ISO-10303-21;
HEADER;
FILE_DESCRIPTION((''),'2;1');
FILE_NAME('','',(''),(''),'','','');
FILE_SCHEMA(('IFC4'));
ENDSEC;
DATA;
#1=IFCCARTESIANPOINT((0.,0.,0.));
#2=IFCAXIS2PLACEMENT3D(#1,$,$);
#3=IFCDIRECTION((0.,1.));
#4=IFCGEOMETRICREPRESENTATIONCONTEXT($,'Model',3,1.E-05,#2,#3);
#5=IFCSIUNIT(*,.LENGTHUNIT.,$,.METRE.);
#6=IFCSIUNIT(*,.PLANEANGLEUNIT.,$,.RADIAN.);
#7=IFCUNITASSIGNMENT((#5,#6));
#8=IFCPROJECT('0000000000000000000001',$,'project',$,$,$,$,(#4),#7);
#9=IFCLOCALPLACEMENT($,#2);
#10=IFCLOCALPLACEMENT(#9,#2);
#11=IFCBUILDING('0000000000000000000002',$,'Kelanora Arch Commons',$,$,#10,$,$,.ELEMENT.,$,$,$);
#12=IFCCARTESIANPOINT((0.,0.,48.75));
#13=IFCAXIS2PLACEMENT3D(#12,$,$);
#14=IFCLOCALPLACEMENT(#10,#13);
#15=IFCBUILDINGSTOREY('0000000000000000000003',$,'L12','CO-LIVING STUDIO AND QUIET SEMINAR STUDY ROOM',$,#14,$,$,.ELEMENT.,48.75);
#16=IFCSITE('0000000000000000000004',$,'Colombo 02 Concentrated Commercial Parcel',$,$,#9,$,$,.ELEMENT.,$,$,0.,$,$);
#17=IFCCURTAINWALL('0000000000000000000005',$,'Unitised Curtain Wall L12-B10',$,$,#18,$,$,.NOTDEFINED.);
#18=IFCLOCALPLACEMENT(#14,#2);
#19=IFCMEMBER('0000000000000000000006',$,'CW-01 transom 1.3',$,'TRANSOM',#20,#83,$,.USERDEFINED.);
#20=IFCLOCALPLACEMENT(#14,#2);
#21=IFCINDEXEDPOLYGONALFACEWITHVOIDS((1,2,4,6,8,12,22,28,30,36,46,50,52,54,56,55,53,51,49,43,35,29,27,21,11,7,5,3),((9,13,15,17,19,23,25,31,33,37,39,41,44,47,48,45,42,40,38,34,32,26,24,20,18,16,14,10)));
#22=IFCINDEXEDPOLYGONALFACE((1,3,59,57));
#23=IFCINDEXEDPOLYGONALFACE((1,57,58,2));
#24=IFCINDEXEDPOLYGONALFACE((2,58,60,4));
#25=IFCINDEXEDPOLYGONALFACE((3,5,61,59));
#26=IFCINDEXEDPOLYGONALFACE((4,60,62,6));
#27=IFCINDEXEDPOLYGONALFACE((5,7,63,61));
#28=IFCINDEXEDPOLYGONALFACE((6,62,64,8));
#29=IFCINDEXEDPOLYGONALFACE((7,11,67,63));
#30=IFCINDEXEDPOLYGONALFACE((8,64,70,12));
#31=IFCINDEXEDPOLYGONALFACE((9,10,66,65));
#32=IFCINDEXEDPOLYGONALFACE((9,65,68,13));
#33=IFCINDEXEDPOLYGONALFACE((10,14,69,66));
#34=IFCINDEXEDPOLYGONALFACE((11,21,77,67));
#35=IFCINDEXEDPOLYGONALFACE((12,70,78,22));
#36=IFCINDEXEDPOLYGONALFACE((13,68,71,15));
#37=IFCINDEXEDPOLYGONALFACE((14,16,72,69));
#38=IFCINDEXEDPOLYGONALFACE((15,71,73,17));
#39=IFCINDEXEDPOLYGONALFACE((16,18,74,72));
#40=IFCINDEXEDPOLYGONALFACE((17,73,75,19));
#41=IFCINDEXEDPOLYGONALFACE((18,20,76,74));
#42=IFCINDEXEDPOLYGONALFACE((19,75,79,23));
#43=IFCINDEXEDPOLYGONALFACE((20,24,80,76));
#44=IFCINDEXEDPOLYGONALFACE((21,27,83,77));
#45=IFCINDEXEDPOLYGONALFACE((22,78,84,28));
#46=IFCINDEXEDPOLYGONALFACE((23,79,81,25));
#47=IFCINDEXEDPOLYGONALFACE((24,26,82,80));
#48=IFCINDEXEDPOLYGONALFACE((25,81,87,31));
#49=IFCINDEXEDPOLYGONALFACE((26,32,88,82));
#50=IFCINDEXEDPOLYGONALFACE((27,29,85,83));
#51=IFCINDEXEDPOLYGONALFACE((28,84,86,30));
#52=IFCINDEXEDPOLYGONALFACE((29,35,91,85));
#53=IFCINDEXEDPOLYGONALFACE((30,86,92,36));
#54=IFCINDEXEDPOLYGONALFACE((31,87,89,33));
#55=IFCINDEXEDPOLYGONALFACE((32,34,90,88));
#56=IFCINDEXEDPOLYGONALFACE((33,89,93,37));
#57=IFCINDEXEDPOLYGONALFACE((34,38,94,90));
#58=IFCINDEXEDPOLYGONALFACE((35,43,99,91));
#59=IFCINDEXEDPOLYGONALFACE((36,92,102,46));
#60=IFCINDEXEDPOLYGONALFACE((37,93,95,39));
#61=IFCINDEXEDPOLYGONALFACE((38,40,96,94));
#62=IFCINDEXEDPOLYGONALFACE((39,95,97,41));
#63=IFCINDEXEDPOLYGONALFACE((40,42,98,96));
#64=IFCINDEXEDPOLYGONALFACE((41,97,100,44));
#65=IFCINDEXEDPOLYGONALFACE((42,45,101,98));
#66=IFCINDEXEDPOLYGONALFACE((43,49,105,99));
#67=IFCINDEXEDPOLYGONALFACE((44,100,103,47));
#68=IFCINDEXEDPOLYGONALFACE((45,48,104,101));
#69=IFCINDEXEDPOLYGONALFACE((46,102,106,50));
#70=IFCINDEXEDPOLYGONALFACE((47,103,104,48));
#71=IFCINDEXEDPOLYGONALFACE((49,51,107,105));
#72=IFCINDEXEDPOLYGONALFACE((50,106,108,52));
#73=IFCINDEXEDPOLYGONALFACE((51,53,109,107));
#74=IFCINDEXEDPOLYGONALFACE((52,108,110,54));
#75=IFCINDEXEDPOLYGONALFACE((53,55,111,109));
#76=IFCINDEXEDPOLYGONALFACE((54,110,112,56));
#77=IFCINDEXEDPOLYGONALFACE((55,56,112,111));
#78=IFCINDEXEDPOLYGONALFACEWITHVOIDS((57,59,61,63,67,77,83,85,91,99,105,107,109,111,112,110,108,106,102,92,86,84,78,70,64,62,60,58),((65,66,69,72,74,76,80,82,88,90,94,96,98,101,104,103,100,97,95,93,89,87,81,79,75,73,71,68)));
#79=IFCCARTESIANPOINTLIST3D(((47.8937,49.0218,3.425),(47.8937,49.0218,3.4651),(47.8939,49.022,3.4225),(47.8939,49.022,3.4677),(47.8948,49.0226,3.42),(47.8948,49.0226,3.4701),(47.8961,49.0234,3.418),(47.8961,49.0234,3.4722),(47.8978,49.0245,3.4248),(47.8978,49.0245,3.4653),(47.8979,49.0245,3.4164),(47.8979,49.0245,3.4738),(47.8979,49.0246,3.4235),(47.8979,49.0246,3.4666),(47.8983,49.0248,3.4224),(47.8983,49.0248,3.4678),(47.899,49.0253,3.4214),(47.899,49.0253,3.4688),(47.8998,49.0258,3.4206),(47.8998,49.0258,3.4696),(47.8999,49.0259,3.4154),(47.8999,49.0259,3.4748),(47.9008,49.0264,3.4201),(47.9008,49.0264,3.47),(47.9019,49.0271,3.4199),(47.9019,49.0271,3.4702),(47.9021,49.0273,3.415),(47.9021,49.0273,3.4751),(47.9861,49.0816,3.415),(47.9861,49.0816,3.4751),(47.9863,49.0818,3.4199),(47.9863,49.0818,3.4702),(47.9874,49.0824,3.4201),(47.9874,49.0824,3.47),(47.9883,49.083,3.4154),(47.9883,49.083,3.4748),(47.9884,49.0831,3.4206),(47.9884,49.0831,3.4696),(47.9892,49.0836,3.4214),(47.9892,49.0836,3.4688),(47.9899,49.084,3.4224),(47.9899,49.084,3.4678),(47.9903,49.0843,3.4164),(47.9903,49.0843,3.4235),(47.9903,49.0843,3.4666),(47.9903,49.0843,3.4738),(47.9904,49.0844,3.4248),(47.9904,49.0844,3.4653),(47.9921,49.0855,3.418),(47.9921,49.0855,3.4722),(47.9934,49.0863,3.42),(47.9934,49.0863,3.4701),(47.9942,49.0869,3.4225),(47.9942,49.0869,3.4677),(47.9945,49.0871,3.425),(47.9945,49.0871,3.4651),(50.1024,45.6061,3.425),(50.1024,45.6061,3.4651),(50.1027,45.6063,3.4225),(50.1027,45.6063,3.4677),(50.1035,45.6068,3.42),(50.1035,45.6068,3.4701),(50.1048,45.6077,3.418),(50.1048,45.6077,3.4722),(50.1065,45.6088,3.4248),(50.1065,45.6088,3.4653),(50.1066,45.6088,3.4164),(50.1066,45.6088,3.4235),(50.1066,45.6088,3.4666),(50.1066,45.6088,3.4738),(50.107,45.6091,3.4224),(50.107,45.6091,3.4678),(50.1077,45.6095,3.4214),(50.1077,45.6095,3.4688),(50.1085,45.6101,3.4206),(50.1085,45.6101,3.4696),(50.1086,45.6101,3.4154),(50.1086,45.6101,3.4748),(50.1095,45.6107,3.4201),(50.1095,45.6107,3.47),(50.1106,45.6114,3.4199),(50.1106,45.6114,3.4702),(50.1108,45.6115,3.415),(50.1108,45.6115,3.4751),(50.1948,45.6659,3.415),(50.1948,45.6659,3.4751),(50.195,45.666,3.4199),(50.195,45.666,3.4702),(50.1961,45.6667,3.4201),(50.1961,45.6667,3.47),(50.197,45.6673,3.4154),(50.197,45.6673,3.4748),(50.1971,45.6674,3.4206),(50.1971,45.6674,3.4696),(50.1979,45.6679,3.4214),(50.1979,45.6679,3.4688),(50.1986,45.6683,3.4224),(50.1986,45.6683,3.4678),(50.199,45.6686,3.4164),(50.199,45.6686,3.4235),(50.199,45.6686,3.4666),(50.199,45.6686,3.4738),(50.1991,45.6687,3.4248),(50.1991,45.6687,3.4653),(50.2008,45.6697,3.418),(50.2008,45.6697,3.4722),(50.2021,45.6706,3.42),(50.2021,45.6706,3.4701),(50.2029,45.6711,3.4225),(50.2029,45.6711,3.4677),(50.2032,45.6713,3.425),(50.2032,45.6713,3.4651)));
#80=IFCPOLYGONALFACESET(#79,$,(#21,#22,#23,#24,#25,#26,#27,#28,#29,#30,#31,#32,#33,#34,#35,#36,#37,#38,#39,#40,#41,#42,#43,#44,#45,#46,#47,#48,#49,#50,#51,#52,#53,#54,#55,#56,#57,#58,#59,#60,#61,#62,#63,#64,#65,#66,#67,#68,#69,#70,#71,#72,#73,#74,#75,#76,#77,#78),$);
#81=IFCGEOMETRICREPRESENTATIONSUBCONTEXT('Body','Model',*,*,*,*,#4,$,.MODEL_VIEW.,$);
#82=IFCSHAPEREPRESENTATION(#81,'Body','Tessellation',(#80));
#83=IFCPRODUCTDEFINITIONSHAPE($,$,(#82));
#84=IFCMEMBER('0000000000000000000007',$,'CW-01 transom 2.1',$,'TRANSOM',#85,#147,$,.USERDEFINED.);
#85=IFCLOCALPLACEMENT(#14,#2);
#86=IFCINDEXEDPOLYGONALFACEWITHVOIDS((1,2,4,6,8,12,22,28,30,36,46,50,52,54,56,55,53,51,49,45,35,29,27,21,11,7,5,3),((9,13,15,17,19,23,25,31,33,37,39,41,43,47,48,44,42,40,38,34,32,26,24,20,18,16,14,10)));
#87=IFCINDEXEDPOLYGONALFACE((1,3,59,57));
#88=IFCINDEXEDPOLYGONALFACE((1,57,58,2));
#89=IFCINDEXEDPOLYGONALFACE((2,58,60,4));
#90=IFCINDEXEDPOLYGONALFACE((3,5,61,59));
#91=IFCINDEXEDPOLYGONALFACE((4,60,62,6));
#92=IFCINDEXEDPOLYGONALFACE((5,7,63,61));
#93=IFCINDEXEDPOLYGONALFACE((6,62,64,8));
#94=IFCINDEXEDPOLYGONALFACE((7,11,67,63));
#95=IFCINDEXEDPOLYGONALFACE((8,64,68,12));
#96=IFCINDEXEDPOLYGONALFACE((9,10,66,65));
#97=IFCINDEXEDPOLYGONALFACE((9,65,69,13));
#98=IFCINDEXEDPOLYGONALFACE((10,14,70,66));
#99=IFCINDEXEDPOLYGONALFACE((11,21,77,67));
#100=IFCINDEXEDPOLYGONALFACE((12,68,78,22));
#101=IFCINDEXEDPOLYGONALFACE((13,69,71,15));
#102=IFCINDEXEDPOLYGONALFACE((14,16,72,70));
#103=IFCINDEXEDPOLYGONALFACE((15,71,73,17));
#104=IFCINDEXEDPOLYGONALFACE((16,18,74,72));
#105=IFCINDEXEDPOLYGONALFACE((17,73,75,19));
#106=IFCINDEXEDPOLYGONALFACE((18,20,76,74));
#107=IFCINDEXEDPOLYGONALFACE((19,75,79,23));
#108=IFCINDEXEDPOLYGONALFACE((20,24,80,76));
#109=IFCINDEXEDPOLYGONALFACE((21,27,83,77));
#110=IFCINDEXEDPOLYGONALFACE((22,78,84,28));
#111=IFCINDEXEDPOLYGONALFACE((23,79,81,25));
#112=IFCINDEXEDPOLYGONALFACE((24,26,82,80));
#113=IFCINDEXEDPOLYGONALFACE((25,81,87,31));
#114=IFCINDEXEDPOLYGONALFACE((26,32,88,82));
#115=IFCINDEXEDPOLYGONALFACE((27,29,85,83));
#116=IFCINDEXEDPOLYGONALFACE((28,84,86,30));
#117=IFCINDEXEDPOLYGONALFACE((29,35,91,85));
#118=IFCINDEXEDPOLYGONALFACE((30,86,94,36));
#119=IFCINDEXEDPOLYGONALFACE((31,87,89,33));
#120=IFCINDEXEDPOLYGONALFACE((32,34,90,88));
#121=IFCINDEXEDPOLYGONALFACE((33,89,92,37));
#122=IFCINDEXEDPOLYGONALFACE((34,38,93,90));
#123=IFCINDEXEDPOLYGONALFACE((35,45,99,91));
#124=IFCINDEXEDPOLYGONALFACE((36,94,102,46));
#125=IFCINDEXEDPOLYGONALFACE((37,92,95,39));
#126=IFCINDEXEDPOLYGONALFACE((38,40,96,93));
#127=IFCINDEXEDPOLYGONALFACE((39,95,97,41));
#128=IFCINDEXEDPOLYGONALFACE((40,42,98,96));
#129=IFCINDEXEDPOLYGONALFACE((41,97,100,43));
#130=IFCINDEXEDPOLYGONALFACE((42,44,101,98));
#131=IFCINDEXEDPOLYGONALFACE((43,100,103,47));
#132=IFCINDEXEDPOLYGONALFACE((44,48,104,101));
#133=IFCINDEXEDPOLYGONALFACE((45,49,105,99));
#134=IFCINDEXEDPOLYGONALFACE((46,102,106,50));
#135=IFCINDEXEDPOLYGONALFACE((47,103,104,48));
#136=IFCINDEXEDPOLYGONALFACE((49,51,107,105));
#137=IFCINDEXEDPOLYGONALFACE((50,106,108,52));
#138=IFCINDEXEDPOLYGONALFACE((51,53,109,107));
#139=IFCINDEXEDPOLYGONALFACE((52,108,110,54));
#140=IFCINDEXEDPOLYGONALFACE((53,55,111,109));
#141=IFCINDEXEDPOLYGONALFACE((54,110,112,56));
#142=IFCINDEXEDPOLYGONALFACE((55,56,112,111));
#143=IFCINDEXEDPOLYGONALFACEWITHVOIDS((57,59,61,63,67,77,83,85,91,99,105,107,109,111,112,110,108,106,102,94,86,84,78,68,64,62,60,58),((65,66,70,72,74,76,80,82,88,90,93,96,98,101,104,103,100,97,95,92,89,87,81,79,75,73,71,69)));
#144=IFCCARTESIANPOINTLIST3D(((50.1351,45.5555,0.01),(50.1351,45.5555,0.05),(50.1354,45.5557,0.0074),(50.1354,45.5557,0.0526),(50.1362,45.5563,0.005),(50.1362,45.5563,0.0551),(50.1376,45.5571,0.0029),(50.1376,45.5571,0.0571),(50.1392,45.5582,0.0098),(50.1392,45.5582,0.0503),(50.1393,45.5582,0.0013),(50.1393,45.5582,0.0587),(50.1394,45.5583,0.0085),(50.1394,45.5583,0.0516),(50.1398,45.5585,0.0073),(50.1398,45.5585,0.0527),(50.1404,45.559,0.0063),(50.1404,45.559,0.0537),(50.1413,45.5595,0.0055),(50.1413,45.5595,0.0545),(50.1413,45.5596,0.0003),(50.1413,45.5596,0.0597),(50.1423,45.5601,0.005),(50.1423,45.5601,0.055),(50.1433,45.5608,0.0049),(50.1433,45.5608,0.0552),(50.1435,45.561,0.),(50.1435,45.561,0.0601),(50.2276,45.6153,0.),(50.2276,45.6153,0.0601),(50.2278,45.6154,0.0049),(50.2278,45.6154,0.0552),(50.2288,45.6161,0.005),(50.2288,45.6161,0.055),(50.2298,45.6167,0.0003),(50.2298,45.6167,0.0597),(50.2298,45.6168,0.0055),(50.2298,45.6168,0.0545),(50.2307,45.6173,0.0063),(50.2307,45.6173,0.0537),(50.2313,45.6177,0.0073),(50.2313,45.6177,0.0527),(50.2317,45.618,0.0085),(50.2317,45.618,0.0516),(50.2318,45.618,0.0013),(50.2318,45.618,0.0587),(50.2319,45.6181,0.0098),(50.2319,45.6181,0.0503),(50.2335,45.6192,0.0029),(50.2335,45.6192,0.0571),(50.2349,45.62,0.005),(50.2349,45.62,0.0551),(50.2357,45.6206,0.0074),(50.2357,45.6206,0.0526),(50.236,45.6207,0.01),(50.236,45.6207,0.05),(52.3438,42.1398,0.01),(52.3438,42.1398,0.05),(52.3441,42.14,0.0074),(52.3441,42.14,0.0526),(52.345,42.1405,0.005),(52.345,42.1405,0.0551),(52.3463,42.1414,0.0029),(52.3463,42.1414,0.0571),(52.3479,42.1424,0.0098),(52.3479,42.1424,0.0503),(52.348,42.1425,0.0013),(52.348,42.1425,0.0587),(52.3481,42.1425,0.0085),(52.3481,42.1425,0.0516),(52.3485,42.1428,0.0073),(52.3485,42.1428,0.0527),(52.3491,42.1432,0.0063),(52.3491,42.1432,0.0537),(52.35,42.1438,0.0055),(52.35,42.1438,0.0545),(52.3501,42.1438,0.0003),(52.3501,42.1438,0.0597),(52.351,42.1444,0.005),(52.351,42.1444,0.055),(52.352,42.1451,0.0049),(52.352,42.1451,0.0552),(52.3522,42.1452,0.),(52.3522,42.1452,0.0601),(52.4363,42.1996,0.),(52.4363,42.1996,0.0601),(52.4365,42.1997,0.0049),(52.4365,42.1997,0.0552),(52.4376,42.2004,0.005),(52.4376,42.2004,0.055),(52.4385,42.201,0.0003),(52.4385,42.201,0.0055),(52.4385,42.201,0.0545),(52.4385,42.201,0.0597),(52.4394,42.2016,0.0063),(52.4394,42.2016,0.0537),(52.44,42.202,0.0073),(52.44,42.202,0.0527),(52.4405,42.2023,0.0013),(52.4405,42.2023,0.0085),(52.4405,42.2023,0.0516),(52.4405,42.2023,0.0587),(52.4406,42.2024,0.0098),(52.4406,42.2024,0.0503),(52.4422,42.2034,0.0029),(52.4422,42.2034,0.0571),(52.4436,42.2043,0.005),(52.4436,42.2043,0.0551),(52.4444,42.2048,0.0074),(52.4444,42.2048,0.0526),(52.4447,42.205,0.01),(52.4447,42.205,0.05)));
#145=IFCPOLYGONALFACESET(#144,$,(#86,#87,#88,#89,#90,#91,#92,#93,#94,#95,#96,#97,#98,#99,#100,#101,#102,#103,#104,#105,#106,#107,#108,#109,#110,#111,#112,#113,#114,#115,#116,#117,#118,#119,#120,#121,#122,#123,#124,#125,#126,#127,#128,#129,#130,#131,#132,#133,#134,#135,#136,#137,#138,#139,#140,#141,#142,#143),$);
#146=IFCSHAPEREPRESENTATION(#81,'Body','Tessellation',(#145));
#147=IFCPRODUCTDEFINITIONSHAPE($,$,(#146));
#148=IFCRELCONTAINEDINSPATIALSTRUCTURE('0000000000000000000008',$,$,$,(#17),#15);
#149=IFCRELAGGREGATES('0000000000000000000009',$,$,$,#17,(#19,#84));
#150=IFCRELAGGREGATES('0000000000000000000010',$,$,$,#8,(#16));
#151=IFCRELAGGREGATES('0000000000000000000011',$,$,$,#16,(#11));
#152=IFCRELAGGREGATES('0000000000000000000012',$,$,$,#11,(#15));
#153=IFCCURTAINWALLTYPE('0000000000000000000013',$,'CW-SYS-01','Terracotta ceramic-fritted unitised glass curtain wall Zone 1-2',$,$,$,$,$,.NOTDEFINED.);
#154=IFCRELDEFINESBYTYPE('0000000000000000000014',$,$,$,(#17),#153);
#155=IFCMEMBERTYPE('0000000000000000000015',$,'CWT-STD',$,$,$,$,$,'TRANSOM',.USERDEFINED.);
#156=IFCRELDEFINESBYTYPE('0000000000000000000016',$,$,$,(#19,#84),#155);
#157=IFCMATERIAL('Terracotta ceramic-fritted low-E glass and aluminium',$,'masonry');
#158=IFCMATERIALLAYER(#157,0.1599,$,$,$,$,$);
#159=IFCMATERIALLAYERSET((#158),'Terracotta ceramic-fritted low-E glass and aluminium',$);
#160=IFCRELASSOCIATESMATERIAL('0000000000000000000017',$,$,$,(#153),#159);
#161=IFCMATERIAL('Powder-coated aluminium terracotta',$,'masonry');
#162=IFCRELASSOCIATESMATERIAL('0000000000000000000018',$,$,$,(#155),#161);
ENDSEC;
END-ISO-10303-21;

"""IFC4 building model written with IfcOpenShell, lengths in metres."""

from ifc_helpers import new_model, si_unit, direction, frame, origin, origin_2d, place, context, subcontext, project, spatial, hollow_rectangle, extrude, material, layer, layer_set, material_profile, profile_set, type_object, element, aggregate, save


model = new_model("IFC4")

# Units and contexts
model_context = context("Model", 3, precision=1e-05, world=origin(), true_north=direction((0.0, 1.0)))
body_context = subcontext(model_context, "Body", "Model", "MODEL_VIEW")
ifc_project = project(units=[si_unit("LENGTHUNIT", "METRE"), si_unit("PLANEANGLEUNIT", "RADIAN")], contexts=[model_context])

# Site, building, storey
site_placement = place(None, origin())
site = spatial("IfcSite", under=ifc_project, at=site_placement, Name="Colombo 02 Concentrated Commercial Parcel", CompositionType="ELEMENT", RefElevation=0.0)
building_placement = place(site_placement, origin())
building = spatial("IfcBuilding", under=site, at=building_placement, Name="Kelanora Arch Commons", CompositionType="ELEMENT")
storey_placement = place(building_placement, frame((0.0, 0.0, 48.75)))
storey = spatial("IfcBuildingStorey", under=building, at=storey_placement, Name="L12", Description="CO-LIVING STUDIO AND QUIET SEMINAR STUDY ROOM", CompositionType="ELEMENT", Elevation=48.75)

# Shared definitions
ifc_material_1 = material(Name="Terracotta ceramic-fritted low-E glass and aluminium", Category="masonry")
ifc_layer_1 = layer(ifc_material_1, 0.1599)
ifc_layer_set_1 = layer_set([ifc_layer_1], Name="Terracotta ceramic-fritted low-E glass and aluminium")
curtain_wall_type = type_object("IfcCurtainWallType", Name="CW-SYS-01", Description="Terracotta ceramic-fritted unitised glass curtain wall Zone 1-2", PredefinedType="NOTDEFINED", material=ifc_layer_set_1)
ifc_material_2 = material(Name="Powder-coated aluminium terracotta", Category="masonry")

# Curtain wall, members
curtain_wall_1_placement = place(storey_placement, origin())
curtain_wall_1 = element("IfcCurtainWall", 1, at=curtain_wall_1_placement, inside=storey, type_object=curtain_wall_type, Name="Unitised Curtain Wall L12-B10", PredefinedType="NOTDEFINED")
ifc_material_profile_1 = material_profile(ifc_material_2, hollow_rectangle(XDim=0.1201, YDim=0.0601, WallThickness=0.0049, InnerFilletRadius=0.0049, OuterFilletRadius=0.01, at=origin_2d()), Name="CWT120x60")
ifc_profile_set_1 = profile_set([ifc_material_profile_1], Name="Powder-coated aluminium terracotta")
member_type_1 = type_object("IfcMemberType", Name="CWT-STD", ElementType="TRANSOM", PredefinedType="USERDEFINED", material=ifc_profile_set_1)
member_1_placement = place(storey_placement, frame((47.9441, 49.0544, 3.4451), z_axis=(0.542997, -0.839734, 0.0), x_axis=(0.839734, 0.542997, 0.0)))
member_1 = element("IfcMember", 2, at=member_1_placement, type_object=member_type_1, Name="CW-01 transom 1.3", ObjectType="TRANSOM", PredefinedType="USERDEFINED", context=body_context, shape_type="SweptSolid", body=[
    extrude(hollow_rectangle(XDim=0.1201, YDim=0.0601, WallThickness=0.0049, InnerFilletRadius=0.0049, OuterFilletRadius=0.01, at=origin_2d()), origin(), (0.0, 0.0, 1.0), 4.0676),
])
member_2_placement = place(storey_placement, frame((50.1855, 45.5881, 0.03), z_axis=(0.542997, -0.839734, 0.0), x_axis=(0.839734, 0.542997, 0.0)))
member_2 = element("IfcMember", 3, at=member_2_placement, type_object=member_type_1, Name="CW-01 transom 2.1", ObjectType="TRANSOM", PredefinedType="USERDEFINED", context=body_context, shape_type="SweptSolid", body=[
    extrude(hollow_rectangle(XDim=0.1201, YDim=0.0601, WallThickness=0.0049, InnerFilletRadius=0.0049, OuterFilletRadius=0.01, at=origin_2d()), origin(), (0.0, 0.0, 1.0), 4.0676),
])

aggregate(curtain_wall_1, [member_1, member_2])

save(model, "model.ifc")
